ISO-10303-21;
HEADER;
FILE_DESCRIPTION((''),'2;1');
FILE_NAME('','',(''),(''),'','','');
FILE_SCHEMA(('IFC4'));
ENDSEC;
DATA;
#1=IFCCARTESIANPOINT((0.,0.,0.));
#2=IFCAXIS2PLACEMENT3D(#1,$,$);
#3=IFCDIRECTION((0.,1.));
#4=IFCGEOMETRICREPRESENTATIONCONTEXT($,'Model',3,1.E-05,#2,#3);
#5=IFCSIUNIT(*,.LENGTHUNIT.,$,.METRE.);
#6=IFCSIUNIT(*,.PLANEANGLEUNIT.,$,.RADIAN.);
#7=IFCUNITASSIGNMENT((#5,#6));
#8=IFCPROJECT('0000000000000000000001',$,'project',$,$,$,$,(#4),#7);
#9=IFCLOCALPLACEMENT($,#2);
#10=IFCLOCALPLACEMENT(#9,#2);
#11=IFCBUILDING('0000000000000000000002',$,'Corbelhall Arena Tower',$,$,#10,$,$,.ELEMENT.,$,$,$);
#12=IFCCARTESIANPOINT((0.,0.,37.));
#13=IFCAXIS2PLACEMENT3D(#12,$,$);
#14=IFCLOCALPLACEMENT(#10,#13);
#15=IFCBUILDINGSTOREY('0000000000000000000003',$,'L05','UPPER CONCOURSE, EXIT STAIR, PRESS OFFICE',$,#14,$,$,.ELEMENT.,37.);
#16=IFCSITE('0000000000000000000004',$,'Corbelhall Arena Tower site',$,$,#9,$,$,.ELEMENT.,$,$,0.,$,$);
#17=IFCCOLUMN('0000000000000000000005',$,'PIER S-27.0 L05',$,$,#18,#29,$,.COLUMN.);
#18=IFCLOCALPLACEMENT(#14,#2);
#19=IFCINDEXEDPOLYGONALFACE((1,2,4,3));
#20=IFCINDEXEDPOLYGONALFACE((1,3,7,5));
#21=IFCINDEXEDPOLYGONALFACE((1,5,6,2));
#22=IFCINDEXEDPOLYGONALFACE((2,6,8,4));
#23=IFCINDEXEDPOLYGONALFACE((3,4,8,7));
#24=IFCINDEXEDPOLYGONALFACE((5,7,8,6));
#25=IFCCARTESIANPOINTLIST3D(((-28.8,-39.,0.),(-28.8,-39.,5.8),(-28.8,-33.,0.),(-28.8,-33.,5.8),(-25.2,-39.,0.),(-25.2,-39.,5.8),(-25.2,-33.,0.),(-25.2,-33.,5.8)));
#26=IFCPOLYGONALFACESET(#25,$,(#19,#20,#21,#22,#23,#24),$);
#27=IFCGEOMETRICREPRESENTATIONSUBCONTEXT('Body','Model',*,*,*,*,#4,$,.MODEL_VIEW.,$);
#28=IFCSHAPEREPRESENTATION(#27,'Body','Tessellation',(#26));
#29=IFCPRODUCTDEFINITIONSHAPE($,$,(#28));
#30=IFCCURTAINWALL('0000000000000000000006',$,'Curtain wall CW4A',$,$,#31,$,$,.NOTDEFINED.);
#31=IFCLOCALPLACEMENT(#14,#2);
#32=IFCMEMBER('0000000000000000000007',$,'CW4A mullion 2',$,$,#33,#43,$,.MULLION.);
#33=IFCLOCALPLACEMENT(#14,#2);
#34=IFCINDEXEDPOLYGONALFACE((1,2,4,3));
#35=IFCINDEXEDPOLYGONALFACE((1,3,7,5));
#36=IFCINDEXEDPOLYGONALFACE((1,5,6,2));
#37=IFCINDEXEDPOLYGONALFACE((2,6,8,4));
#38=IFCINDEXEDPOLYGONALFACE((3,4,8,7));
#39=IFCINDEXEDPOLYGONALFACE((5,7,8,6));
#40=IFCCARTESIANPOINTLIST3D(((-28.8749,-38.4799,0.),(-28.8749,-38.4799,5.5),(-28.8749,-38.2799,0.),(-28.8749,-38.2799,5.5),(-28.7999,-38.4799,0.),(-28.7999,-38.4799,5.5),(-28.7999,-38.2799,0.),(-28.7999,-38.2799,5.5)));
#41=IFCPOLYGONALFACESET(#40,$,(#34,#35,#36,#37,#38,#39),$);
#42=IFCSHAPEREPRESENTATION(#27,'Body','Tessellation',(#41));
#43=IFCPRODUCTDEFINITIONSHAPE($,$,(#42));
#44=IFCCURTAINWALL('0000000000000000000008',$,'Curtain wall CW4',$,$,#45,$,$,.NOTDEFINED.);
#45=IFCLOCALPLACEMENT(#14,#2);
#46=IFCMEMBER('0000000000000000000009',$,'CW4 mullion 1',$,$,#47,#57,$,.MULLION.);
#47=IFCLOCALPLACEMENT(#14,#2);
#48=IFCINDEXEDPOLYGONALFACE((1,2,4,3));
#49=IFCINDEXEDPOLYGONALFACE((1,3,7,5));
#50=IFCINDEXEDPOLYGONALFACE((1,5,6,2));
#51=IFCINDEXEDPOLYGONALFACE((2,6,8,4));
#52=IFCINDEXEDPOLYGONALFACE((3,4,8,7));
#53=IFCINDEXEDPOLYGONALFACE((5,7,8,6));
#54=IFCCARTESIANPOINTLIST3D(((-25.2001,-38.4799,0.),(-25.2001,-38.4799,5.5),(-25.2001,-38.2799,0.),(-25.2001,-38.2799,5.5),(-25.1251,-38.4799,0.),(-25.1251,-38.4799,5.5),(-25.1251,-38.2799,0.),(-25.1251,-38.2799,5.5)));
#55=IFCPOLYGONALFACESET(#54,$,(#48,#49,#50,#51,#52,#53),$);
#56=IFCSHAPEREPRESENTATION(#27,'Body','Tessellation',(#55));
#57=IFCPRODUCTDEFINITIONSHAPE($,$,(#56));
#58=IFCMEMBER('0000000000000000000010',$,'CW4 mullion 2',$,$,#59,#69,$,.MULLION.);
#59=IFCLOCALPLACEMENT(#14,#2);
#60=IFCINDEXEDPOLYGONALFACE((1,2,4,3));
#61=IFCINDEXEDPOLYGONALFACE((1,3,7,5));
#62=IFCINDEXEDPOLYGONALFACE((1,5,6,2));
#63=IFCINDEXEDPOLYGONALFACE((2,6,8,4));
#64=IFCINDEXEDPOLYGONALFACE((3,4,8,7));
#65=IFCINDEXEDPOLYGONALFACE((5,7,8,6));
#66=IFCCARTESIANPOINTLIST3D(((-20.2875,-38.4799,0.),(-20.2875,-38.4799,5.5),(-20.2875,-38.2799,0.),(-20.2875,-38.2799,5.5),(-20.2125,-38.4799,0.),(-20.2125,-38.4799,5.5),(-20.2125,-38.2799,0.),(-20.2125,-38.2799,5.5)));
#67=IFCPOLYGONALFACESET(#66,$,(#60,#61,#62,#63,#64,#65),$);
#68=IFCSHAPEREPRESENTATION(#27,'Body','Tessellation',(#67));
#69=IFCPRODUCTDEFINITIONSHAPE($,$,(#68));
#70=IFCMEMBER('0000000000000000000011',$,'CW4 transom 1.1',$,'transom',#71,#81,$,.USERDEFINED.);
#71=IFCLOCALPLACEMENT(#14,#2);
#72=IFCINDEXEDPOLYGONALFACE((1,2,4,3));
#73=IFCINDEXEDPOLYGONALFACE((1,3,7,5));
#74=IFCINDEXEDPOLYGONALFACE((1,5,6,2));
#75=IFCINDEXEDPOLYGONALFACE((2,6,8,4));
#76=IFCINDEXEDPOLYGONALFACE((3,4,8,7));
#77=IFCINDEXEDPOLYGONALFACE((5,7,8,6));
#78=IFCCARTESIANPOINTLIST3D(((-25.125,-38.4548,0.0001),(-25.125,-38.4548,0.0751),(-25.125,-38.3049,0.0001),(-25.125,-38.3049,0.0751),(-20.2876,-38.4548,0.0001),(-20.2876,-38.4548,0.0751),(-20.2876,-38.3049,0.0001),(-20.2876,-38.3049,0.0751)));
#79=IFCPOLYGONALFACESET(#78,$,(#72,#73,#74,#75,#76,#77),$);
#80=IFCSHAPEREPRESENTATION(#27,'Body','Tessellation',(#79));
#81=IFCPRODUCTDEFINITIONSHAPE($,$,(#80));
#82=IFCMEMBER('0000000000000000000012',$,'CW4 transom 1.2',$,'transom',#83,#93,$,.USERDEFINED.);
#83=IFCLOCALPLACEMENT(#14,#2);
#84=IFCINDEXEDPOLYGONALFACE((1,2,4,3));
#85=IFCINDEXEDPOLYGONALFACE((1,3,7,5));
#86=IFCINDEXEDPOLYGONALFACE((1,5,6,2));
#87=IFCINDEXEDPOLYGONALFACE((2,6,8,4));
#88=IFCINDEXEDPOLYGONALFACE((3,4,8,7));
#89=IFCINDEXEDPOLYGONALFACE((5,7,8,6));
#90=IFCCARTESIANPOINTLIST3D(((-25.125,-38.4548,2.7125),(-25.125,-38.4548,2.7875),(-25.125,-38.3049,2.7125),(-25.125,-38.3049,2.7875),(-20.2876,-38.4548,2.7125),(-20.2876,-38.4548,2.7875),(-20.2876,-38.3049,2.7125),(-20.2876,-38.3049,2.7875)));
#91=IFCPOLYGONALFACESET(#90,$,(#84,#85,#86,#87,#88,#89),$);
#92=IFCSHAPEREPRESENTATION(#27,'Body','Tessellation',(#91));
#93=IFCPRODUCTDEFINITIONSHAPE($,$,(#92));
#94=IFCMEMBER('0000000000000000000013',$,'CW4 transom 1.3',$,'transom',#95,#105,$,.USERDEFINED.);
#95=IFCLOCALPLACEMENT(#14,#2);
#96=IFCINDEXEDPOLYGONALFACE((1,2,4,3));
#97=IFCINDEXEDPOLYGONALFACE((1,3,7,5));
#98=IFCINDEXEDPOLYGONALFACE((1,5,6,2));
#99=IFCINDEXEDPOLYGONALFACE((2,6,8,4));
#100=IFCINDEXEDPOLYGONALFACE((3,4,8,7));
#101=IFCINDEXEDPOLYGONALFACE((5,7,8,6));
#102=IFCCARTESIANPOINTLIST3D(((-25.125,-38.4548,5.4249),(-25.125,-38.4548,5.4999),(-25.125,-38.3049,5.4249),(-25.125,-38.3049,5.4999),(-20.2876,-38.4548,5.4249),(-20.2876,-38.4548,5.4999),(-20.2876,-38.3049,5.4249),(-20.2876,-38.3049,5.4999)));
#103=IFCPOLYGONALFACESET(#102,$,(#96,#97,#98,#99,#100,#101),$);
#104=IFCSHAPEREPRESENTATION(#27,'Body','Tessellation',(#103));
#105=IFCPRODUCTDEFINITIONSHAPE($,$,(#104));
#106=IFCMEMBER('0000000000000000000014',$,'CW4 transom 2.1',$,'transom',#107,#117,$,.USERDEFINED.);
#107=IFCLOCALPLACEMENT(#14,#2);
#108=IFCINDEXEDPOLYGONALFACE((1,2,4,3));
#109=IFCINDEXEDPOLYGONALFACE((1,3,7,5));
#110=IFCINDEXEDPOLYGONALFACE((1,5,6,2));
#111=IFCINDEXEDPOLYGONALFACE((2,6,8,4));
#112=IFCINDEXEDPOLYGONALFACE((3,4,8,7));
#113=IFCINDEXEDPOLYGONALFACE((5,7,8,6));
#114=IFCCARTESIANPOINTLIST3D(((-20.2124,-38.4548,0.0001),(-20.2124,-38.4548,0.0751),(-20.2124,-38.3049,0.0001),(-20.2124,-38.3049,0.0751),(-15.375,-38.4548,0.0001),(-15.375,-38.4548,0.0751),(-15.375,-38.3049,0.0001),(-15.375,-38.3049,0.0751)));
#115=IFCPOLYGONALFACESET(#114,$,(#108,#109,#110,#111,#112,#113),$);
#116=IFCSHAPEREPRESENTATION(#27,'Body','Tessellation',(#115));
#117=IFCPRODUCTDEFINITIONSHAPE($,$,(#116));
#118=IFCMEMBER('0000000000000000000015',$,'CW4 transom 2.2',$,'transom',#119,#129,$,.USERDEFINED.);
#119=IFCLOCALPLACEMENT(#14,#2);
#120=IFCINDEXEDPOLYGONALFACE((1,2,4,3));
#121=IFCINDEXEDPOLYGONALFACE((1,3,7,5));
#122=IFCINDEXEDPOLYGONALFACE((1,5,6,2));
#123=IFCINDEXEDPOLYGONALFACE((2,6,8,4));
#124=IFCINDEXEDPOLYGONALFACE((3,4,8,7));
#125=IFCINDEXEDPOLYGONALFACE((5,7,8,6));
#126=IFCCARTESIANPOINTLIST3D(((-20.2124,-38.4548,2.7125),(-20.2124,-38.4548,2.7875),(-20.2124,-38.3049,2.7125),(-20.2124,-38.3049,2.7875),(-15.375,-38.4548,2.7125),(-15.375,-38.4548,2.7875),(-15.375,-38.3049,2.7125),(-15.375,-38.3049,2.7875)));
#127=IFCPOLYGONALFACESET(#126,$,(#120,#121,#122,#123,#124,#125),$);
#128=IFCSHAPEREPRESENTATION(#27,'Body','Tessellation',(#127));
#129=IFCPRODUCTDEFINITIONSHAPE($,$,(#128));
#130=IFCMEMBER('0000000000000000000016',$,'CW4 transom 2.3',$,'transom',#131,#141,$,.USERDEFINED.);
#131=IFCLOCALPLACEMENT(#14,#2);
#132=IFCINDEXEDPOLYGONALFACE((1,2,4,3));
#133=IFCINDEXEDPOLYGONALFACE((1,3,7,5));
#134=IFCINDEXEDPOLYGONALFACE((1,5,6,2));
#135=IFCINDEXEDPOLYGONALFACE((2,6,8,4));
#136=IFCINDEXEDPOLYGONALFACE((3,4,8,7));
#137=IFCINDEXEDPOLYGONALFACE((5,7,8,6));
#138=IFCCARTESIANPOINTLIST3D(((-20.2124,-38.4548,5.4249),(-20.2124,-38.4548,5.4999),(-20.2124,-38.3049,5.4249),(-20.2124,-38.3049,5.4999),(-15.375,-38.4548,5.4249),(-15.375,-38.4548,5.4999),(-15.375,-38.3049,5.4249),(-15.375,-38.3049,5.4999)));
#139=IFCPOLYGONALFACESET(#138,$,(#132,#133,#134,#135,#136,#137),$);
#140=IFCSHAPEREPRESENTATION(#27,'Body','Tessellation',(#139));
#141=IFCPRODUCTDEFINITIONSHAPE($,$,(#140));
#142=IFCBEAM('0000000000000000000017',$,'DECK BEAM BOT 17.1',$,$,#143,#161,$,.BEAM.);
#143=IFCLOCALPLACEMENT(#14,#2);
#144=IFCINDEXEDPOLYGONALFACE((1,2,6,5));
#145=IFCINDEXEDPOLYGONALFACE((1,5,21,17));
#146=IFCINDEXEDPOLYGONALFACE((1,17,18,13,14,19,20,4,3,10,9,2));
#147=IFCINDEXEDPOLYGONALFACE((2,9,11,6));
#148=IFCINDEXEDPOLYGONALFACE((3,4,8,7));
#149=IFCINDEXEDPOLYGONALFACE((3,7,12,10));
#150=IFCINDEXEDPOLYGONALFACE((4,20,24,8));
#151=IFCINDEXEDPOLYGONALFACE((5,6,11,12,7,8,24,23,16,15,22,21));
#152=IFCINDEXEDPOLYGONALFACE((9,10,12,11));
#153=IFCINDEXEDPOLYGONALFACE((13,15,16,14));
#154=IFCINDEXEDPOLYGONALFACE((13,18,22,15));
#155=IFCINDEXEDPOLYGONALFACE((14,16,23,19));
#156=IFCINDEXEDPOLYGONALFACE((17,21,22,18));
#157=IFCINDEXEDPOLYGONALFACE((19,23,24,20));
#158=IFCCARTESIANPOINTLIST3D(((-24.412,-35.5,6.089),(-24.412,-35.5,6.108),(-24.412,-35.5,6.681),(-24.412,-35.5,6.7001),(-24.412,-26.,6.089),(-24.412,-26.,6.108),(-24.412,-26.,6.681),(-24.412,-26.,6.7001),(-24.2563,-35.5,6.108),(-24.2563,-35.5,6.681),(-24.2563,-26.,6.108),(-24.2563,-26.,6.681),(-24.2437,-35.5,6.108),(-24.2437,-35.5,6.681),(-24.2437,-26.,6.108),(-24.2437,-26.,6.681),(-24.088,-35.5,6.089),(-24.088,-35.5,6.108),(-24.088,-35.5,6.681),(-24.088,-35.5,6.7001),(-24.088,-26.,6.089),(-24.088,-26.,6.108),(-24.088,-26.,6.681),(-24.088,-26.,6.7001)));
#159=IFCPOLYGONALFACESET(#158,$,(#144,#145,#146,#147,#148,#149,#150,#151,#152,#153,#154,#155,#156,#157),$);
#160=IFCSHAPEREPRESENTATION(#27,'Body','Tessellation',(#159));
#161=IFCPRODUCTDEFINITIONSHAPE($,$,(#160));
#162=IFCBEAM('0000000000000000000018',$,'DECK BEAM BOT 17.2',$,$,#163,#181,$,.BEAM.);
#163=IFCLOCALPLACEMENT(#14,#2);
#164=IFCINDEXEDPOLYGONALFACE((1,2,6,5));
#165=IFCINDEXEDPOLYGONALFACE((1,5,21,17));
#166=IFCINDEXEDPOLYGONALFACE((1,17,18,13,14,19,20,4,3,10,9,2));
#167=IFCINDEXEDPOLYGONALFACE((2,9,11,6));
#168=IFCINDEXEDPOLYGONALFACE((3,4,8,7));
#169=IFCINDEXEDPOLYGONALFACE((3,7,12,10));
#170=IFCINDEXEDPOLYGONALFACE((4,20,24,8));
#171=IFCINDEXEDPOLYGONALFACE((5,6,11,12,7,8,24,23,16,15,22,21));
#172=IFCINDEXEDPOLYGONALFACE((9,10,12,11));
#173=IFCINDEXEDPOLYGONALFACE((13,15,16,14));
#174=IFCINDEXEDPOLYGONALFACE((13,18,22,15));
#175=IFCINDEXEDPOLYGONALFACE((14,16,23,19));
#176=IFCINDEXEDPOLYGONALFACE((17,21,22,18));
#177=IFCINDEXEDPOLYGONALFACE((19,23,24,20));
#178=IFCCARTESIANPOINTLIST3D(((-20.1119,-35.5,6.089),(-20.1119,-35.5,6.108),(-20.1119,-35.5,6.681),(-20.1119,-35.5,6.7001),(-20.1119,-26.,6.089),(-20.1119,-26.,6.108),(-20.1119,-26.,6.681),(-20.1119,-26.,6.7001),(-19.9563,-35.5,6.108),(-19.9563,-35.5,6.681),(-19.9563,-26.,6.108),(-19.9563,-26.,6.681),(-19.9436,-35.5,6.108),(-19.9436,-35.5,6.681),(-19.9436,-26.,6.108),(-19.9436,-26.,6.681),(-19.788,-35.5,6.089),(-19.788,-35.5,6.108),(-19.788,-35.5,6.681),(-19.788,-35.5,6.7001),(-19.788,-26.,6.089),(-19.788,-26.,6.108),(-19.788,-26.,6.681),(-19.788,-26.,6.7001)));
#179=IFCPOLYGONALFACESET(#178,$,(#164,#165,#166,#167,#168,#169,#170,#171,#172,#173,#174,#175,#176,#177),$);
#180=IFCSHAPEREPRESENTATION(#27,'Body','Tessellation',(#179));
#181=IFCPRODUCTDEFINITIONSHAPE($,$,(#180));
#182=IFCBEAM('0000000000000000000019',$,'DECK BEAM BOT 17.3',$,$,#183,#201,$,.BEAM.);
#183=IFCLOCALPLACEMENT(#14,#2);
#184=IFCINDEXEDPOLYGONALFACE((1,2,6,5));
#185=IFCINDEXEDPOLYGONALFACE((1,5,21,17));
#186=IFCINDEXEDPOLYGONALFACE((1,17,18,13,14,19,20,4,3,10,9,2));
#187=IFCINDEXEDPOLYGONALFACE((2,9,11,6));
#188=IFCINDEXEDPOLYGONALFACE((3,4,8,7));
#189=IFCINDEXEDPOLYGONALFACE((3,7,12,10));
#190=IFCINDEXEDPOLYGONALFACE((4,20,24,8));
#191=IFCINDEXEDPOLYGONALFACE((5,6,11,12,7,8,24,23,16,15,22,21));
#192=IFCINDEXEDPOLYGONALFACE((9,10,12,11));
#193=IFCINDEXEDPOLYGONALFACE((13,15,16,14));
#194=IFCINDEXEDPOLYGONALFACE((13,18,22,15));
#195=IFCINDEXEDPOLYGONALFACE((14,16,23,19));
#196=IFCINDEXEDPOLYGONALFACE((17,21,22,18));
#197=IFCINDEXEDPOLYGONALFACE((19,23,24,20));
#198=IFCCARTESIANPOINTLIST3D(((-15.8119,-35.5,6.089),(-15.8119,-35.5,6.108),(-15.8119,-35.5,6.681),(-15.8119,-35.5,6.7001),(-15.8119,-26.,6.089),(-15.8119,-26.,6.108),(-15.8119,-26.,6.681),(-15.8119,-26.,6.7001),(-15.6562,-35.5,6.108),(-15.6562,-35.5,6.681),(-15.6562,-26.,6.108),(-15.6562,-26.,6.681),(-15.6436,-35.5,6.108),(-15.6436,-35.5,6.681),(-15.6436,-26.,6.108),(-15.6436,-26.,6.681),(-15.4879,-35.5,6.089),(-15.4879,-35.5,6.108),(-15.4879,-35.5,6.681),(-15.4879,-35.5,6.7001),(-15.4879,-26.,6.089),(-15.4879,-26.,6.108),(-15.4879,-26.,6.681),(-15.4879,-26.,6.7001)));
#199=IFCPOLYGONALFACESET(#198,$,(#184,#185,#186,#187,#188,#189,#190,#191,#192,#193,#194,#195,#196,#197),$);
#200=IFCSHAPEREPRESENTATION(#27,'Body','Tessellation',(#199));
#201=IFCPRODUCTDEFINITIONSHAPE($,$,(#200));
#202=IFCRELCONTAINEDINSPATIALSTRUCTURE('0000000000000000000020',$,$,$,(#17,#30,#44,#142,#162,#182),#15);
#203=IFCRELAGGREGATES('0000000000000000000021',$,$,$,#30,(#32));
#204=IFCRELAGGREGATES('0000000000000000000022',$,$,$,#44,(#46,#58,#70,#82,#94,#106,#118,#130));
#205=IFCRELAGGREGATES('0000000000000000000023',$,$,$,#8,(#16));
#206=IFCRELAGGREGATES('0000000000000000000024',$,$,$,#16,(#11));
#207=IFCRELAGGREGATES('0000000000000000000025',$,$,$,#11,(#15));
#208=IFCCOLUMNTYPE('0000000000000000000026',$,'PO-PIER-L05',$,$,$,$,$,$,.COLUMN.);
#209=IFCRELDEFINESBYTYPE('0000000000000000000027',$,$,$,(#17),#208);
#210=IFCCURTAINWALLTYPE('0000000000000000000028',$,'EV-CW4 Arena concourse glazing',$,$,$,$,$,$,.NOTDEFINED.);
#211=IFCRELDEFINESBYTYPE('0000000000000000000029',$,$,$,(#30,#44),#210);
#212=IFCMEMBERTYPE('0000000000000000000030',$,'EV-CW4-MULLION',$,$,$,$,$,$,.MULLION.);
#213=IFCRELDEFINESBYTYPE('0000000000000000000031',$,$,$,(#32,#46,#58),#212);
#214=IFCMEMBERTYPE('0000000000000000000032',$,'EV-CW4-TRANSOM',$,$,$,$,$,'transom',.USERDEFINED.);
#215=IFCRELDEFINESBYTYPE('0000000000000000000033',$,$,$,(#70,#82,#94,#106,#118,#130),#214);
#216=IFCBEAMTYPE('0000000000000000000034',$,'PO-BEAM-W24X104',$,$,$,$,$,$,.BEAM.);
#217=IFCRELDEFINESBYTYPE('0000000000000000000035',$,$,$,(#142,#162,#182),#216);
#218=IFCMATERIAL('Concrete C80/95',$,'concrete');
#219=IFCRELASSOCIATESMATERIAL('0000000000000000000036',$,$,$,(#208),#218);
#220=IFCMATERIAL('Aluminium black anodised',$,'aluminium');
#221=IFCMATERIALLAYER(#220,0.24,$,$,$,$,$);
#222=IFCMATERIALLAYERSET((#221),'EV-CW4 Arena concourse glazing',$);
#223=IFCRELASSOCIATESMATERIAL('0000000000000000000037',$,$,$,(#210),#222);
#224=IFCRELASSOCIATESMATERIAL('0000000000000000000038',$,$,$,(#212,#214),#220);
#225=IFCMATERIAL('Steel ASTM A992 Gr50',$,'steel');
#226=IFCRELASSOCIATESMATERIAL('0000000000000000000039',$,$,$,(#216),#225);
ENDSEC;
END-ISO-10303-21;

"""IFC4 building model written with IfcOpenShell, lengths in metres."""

from ifc_helpers import new_model, si_unit, direction, frame, origin, origin_2d, place, context, subcontext, project, spatial, rectangle, i_section, extrude, material, layer, layer_set, material_profile, profile_set, type_object, element, aggregate, save


model = new_model("IFC4")

# Units and contexts
model_context = context("Model", 3, precision=1e-05, world=origin(), true_north=direction((0.0, 1.0)))
body_context = subcontext(model_context, "Body", "Model", "MODEL_VIEW")
ifc_project = project(units=[si_unit("LENGTHUNIT", "METRE"), si_unit("PLANEANGLEUNIT", "RADIAN")], contexts=[model_context])

# Site, building, storey
site_placement = place(None, origin())
site = spatial("IfcSite", under=ifc_project, at=site_placement, Name="Corbelhall Arena Tower site", CompositionType="ELEMENT", RefElevation=0.0)
building_placement = place(site_placement, origin())
building = spatial("IfcBuilding", under=site, at=building_placement, Name="Corbelhall Arena Tower", CompositionType="ELEMENT")
storey_placement = place(building_placement, frame((0.0, 0.0, 37.0)))
storey = spatial("IfcBuildingStorey", under=building, at=storey_placement, Name="L05", Description="UPPER CONCOURSE, EXIT STAIR, PRESS OFFICE", CompositionType="ELEMENT", Elevation=37.0)

# Column
ifc_material_1 = material(Name="Concrete C80/95", Category="concrete")
ifc_material_profile_1 = material_profile(ifc_material_1, rectangle(XDim=3.6001, YDim=6.0, at=origin_2d()))
ifc_profile_set_1 = profile_set([ifc_material_profile_1], Name="Concrete C80/95")
column_type = type_object("IfcColumnType", Name="PO-PIER-L05", PredefinedType="COLUMN", material=ifc_profile_set_1)
column_placement = place(storey_placement, frame((-27.0, -36.0, 0.0), z_axis=(0.0, 0.0, 1.0), x_axis=(1.0, 0.0, 0.0)))
element("IfcColumn", 1, at=column_placement, inside=storey, type_object=column_type, Name="PIER S-27.0 L05", PredefinedType="COLUMN", context=body_context, shape_type="SweptSolid", body=[
    extrude(rectangle(XDim=3.6001, YDim=6.0, at=origin_2d()), origin(), (0.0, 0.0, 1.0), 5.8),
])

# Curtain wall, member
ifc_material_2 = material(Name="Aluminium black anodised", Category="aluminium")
ifc_layer_1 = layer(ifc_material_2, 0.24)
ifc_layer_set_1 = layer_set([ifc_layer_1], Name="EV-CW4 Arena concourse glazing")
curtain_wall_type = type_object("IfcCurtainWallType", Name="EV-CW4 Arena concourse glazing", PredefinedType="NOTDEFINED", material=ifc_layer_set_1)
curtain_wall_1_placement = place(storey_placement, origin())
curtain_wall_1 = element("IfcCurtainWall", 2, at=curtain_wall_1_placement, inside=storey, type_object=curtain_wall_type, Name="Curtain wall CW4A", PredefinedType="NOTDEFINED")
ifc_material_profile_2 = material_profile(ifc_material_2, rectangle(XDim=0.2, YDim=0.075, at=origin_2d()))
ifc_profile_set_2 = profile_set([ifc_material_profile_2], Name="Aluminium black anodised")
member_type_1 = type_object("IfcMemberType", Name="EV-CW4-MULLION", PredefinedType="MULLION", material=ifc_profile_set_2)
member_1_placement = place(storey_placement, frame((-28.8374, -38.3799, 0.0), z_axis=(0.0, 0.0, 1.0), x_axis=(0.0, 1.0, 0.0)))
member_1 = element("IfcMember", 3, at=member_1_placement, type_object=member_type_1, Name="CW4A mullion 2", PredefinedType="MULLION", context=body_context, shape_type="SweptSolid", body=[
    extrude(rectangle(XDim=0.2, YDim=0.075, at=origin_2d()), origin(), (0.0, 0.0, 1.0), 5.5),
])

# Curtain wall, members
curtain_wall_2_placement = place(storey_placement, origin())
curtain_wall_2 = element("IfcCurtainWall", 4, at=curtain_wall_2_placement, inside=storey, type_object=curtain_wall_type, Name="Curtain wall CW4", PredefinedType="NOTDEFINED")
member_2_placement = place(storey_placement, frame((-25.1626, -38.3799, 0.0), z_axis=(0.0, 0.0, 1.0), x_axis=(0.0, 1.0, 0.0)))
member_2 = element("IfcMember", 5, at=member_2_placement, type_object=member_type_1, Name="CW4 mullion 1", PredefinedType="MULLION", context=body_context, shape_type="SweptSolid", body=[
    extrude(rectangle(XDim=0.2, YDim=0.075, at=origin_2d()), origin(), (0.0, 0.0, 1.0), 5.5),
])
member_3_placement = place(storey_placement, frame((-20.25, -38.3799, 0.0), z_axis=(0.0, 0.0, 1.0), x_axis=(0.0, 1.0, 0.0)))
member_3 = element("IfcMember", 6, at=member_3_placement, type_object=member_type_1, Name="CW4 mullion 2", PredefinedType="MULLION", context=body_context, shape_type="SweptSolid", body=[
    extrude(rectangle(XDim=0.2, YDim=0.075, at=origin_2d()), origin(), (0.0, 0.0, 1.0), 5.5),
])
ifc_material_profile_3 = material_profile(ifc_material_2, rectangle(XDim=0.1499, YDim=0.075, at=origin_2d()))
ifc_profile_set_3 = profile_set([ifc_material_profile_3], Name="Aluminium black anodised")
member_type_2 = type_object("IfcMemberType", Name="EV-CW4-TRANSOM", ElementType="transom", PredefinedType="USERDEFINED", material=ifc_profile_set_3)
member_4_placement = place(storey_placement, frame((-25.125, -38.3799, 0.0376), z_axis=(1.0, 0.0, 0.0), x_axis=(0.0, 1.0, 0.0)))
member_4 = element("IfcMember", 7, at=member_4_placement, type_object=member_type_2, Name="CW4 transom 1.1", ObjectType="transom", PredefinedType="USERDEFINED", context=body_context, shape_type="SweptSolid", body=[
    extrude(rectangle(XDim=0.1499, YDim=0.075, at=origin_2d()), origin(), (0.0, 0.0, 1.0), 4.8374),
])
member_5_placement = place(storey_placement, frame((-25.125, -38.3799, 2.75), z_axis=(1.0, 0.0, 0.0), x_axis=(0.0, 1.0, 0.0)))
member_5 = element("IfcMember", 8, at=member_5_placement, type_object=member_type_2, Name="CW4 transom 1.2", ObjectType="transom", PredefinedType="USERDEFINED", context=body_context, shape_type="SweptSolid", body=[
    extrude(rectangle(XDim=0.1499, YDim=0.075, at=origin_2d()), origin(), (0.0, 0.0, 1.0), 4.8374),
])
member_6_placement = place(storey_placement, frame((-25.125, -38.3799, 5.4624), z_axis=(1.0, 0.0, 0.0), x_axis=(0.0, 1.0, 0.0)))
member_6 = element("IfcMember", 9, at=member_6_placement, type_object=member_type_2, Name="CW4 transom 1.3", ObjectType="transom", PredefinedType="USERDEFINED", context=body_context, shape_type="SweptSolid", body=[
    extrude(rectangle(XDim=0.1499, YDim=0.075, at=origin_2d()), origin(), (0.0, 0.0, 1.0), 4.8374),
])
member_7_placement = place(storey_placement, frame((-20.2124, -38.3799, 0.0376), z_axis=(1.0, 0.0, 0.0), x_axis=(0.0, 1.0, 0.0)))
member_7 = element("IfcMember", 10, at=member_7_placement, type_object=member_type_2, Name="CW4 transom 2.1", ObjectType="transom", PredefinedType="USERDEFINED", context=body_context, shape_type="SweptSolid", body=[
    extrude(rectangle(XDim=0.1499, YDim=0.075, at=origin_2d()), origin(), (0.0, 0.0, 1.0), 4.8374),
])
member_8_placement = place(storey_placement, frame((-20.2124, -38.3799, 2.75), z_axis=(1.0, 0.0, 0.0), x_axis=(0.0, 1.0, 0.0)))
member_8 = element("IfcMember", 11, at=member_8_placement, type_object=member_type_2, Name="CW4 transom 2.2", ObjectType="transom", PredefinedType="USERDEFINED", context=body_context, shape_type="SweptSolid", body=[
    extrude(rectangle(XDim=0.1499, YDim=0.075, at=origin_2d()), origin(), (0.0, 0.0, 1.0), 4.8374),
])
member_9_placement = place(storey_placement, frame((-20.2124, -38.3799, 5.4624), z_axis=(1.0, 0.0, 0.0), x_axis=(0.0, 1.0, 0.0)))
member_9 = element("IfcMember", 12, at=member_9_placement, type_object=member_type_2, Name="CW4 transom 2.3", ObjectType="transom", PredefinedType="USERDEFINED", context=body_context, shape_type="SweptSolid", body=[
    extrude(rectangle(XDim=0.1499, YDim=0.075, at=origin_2d()), origin(), (0.0, 0.0, 1.0), 4.8374),
])

# Beams
ifc_material_3 = material(Name="Steel ASTM A992 Gr50", Category="steel")
ifc_material_profile_4 = material_profile(ifc_material_3, i_section(OverallWidth=0.324, OverallDepth=0.6111, WebThickness=0.0127, FlangeThickness=0.019, at=origin_2d()))
ifc_profile_set_4 = profile_set([ifc_material_profile_4], Name="Steel ASTM A992 Gr50")
beam_type = type_object("IfcBeamType", Name="PO-BEAM-W24X104", PredefinedType="BEAM", material=ifc_profile_set_4)
for number, where, z_axis, x_axis, name in (
    (13, (-24.25, -35.5, 6.3945), (0.0, 1.0, 0.0), (-1.0, 0.0, 0.0), "DECK BEAM BOT 17.1"),
    (14, (-19.95, -35.5, 6.3945), (0.0, 1.0, 0.0), (-1.0, 0.0, 0.0), "DECK BEAM BOT 17.2"),
    (15, (-15.6499, -35.5, 6.3945), (0.0, 1.0, 0.0), (-1.0, 0.0, 0.0), "DECK BEAM BOT 17.3"),
):
    element("IfcBeam", number, at=place(storey_placement, frame(where, z_axis=z_axis, x_axis=x_axis)), inside=storey, type_object=beam_type, Name=name, PredefinedType="BEAM", context=body_context, shape_type="SweptSolid", body=[
        extrude(i_section(OverallWidth=0.324, OverallDepth=0.6111, WebThickness=0.0127, FlangeThickness=0.019, at=origin_2d()), origin(), (0.0, 0.0, 1.0), 9.5),
    ])

aggregate(curtain_wall_1, [member_1])
aggregate(curtain_wall_2, [member_2, member_3, member_4, member_5, member_6, member_7, member_8, member_9])

save(model, "model.ifc")
